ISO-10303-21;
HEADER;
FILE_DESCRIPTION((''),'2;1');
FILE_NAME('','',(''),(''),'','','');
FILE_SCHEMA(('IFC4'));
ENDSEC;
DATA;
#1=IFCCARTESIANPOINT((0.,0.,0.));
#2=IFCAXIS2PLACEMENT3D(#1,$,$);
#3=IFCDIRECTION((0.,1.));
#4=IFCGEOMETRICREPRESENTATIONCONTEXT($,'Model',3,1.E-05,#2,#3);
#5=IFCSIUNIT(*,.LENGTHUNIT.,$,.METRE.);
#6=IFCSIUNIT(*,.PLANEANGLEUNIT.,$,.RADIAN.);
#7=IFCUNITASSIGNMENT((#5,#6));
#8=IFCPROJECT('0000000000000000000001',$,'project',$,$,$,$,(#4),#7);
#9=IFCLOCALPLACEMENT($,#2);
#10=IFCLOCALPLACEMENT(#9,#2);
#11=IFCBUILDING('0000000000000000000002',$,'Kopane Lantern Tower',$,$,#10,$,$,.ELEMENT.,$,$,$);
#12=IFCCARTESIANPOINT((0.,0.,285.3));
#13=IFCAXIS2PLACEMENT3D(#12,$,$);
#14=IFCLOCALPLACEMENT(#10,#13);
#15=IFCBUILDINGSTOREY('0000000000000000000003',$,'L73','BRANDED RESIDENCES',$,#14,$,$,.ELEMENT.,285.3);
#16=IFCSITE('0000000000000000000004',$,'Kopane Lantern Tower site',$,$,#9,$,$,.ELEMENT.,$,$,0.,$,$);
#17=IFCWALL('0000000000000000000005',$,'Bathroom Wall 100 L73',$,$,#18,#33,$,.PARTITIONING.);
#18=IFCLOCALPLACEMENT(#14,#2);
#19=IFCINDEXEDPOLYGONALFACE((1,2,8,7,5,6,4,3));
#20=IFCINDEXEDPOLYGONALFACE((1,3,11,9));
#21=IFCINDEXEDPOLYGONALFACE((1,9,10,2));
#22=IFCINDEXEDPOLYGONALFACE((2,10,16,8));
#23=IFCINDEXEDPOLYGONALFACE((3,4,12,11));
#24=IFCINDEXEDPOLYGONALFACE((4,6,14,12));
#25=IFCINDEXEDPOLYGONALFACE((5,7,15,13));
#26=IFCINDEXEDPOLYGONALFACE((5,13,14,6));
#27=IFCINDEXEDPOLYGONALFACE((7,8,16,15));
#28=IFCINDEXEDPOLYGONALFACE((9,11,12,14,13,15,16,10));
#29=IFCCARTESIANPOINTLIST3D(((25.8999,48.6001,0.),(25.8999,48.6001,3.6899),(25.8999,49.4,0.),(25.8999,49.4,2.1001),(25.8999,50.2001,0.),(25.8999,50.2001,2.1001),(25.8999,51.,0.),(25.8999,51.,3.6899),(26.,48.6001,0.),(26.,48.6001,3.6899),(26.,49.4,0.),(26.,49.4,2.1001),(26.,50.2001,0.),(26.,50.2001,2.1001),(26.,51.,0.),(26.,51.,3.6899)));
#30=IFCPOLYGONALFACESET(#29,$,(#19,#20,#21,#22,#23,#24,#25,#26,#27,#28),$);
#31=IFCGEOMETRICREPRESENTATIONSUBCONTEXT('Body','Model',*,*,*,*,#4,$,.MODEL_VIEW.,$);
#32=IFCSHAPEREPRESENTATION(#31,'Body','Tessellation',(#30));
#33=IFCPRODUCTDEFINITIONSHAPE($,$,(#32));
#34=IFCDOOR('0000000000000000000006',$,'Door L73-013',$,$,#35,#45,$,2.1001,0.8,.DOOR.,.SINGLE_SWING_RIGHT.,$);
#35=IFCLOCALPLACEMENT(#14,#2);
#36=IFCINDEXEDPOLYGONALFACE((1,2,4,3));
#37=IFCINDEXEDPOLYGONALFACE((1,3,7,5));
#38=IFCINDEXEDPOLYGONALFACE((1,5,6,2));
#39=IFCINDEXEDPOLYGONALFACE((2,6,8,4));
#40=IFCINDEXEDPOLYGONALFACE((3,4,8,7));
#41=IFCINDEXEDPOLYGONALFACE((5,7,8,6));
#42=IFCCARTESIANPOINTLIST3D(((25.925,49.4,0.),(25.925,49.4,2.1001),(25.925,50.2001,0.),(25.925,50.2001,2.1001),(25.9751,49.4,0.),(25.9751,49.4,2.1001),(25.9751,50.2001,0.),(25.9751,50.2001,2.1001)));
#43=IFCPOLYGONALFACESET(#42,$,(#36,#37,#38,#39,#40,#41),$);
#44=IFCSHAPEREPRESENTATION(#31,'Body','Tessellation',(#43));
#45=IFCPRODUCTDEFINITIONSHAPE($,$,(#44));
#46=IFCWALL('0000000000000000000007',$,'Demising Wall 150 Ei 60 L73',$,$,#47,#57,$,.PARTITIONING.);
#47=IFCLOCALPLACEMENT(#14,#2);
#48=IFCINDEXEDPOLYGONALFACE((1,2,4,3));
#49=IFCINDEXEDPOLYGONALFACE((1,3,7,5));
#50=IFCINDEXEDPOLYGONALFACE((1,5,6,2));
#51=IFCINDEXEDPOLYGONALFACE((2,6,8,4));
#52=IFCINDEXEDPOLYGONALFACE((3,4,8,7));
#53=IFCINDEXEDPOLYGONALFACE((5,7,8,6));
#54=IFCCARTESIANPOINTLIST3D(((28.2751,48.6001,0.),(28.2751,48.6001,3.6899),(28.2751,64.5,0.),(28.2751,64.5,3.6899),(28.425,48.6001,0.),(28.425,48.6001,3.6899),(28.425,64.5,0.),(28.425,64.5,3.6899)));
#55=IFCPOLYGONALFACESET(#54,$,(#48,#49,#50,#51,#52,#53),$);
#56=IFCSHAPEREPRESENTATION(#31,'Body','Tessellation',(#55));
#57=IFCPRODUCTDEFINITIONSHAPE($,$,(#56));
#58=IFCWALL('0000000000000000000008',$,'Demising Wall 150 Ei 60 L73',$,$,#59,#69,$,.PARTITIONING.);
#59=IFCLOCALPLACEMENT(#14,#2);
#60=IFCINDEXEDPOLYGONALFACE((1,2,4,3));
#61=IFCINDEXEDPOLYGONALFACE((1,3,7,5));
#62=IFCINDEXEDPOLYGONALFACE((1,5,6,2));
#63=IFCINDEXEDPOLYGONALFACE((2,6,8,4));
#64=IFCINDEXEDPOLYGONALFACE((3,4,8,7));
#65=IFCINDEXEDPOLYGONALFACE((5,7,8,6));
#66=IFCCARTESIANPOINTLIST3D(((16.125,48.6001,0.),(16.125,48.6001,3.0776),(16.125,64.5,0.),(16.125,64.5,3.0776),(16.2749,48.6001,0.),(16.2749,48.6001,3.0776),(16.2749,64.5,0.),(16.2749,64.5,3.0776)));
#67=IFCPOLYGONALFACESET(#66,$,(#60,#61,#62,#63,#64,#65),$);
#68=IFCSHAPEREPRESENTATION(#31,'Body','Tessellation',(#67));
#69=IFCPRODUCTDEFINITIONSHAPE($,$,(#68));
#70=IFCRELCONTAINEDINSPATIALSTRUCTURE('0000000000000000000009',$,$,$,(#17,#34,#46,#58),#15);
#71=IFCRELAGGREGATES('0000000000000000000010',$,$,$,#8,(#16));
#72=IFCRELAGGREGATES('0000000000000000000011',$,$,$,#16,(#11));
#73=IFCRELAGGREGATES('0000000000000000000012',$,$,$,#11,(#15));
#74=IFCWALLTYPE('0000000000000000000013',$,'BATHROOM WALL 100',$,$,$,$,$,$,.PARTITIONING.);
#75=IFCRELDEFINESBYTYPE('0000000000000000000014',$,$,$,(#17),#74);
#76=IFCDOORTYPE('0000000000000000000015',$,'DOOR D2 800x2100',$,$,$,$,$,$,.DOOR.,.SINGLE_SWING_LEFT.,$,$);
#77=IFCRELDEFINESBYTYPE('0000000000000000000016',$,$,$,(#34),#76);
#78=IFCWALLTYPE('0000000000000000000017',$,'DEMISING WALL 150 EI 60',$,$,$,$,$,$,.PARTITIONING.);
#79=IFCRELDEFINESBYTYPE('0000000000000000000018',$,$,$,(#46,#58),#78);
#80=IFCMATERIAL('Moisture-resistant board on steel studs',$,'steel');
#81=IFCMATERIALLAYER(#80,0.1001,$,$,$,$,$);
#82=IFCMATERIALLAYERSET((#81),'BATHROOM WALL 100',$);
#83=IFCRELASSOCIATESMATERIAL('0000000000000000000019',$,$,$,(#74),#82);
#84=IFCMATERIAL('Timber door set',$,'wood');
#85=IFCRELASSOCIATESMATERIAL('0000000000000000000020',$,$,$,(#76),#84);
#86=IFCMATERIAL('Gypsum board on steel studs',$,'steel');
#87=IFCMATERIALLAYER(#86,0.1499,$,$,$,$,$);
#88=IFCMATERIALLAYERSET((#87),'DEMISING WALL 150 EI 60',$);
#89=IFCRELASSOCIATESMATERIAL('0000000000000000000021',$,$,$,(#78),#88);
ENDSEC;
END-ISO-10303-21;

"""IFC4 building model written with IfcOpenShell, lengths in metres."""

from ifc_helpers import new_model, si_unit, direction, frame, frame_2d, origin, place, context, subcontext, project, spatial, rectangle, extrude, material, layer, layer_set, type_object, element, fill, save


model = new_model("IFC4")

# Units and contexts
model_context = context("Model", 3, precision=1e-05, world=origin(), true_north=direction((0.0, 1.0)))
body_context = subcontext(model_context, "Body", "Model", "MODEL_VIEW")
ifc_project = project(units=[si_unit("LENGTHUNIT", "METRE"), si_unit("PLANEANGLEUNIT", "RADIAN")], contexts=[model_context])

# Site, building, storey
site_placement = place(None, origin())
site = spatial("IfcSite", under=ifc_project, at=site_placement, Name="Kopane Lantern Tower site", CompositionType="ELEMENT", RefElevation=0.0)
building_placement = place(site_placement, origin())
building = spatial("IfcBuilding", under=site, at=building_placement, Name="Kopane Lantern Tower", CompositionType="ELEMENT")
storey_placement = place(building_placement, frame((0.0, 0.0, 285.3)))
storey = spatial("IfcBuildingStorey", under=building, at=storey_placement, Name="L73", Description="BRANDED RESIDENCES", CompositionType="ELEMENT", Elevation=285.3)

# Wall, opening, door
ifc_material_1 = material(Name="Moisture-resistant board on steel studs", Category="steel")
ifc_layer_1 = layer(ifc_material_1, 0.1001)
ifc_layer_set_1 = layer_set([ifc_layer_1], Name="BATHROOM WALL 100")
wall_type_1 = type_object("IfcWallType", Name="BATHROOM WALL 100", PredefinedType="PARTITIONING", material=ifc_layer_set_1)
wall_1_placement = place(storey_placement, frame((25.95, 48.6001, 0.0), z_axis=(0.0, 0.0, 1.0), x_axis=(0.0, 1.0, 0.0)))
wall_1 = element("IfcWall", 1, at=wall_1_placement, inside=storey, type_object=wall_type_1, Name="Bathroom Wall 100 L73", PredefinedType="PARTITIONING", context=body_context, shape_type="SweptSolid", body=[
    extrude(rectangle(XDim=2.3999, YDim=0.1001, at=frame_2d((1.2, 0.0))), origin(), (0.0, 0.0, 1.0), 3.6899),
])
opening_1_placement = place(wall_1_placement, frame((0.8, 0.0, 0.0)))
opening_1 = element("IfcOpeningElement", 2, at=opening_1_placement, cuts=wall_1, PredefinedType="OPENING", context=body_context, shape_type="SweptSolid", body=[
    extrude(rectangle(XDim=0.8, YDim=2.1001, at=frame_2d((0.3999, 1.05))), frame((0.0, 0.0601, 0.0), z_axis=(0.0, -1.0, 0.0), x_axis=(1.0, 0.0, 0.0)), (0.0, 0.0, 1.0), 0.1201),
])
ifc_material_2 = material(Name="Timber door set", Category="wood")
door_type_1 = type_object("IfcDoorType", Name="DOOR D2 800x2100", OperationType="SINGLE_SWING_LEFT", PredefinedType="DOOR", material=ifc_material_2)
door_1_placement = place(opening_1_placement, origin())
door_1 = element("IfcDoor", 3, at=door_1_placement, inside=storey, type_object=door_type_1, Name="Door L73-013", OperationType="SINGLE_SWING_RIGHT", OverallHeight=2.1001, OverallWidth=0.8, PredefinedType="DOOR", context=body_context, shape_type="SweptSolid", body=[
    extrude(rectangle(XDim=0.8, YDim=2.1001, at=frame_2d((0.3999, 1.05))), frame((0.0, 0.0249, 0.0), z_axis=(0.0, -1.0, 0.0), x_axis=(1.0, 0.0, 0.0)), (0.0, 0.0, 1.0), 0.05),
])
fill(opening_1, door_1)

# Walls
ifc_material_3 = material(Name="Gypsum board on steel studs", Category="steel")
ifc_layer_2 = layer(ifc_material_3, 0.1499)
ifc_layer_set_2 = layer_set([ifc_layer_2], Name="DEMISING WALL 150 EI 60")
wall_type_2 = type_object("IfcWallType", Name="DEMISING WALL 150 EI 60", PredefinedType="PARTITIONING", material=ifc_layer_set_2)
wall_2_placement = place(storey_placement, frame((28.3501, 48.6001, 0.0), z_axis=(0.0, 0.0, 1.0), x_axis=(0.0, 1.0, 0.0)))
element("IfcWall", 4, at=wall_2_placement, inside=storey, type_object=wall_type_2, Name="Demising Wall 150 Ei 60 L73", PredefinedType="PARTITIONING", context=body_context, shape_type="SweptSolid", body=[
    extrude(rectangle(XDim=15.8999, YDim=0.1499, at=frame_2d((7.95, 0.0))), origin(), (0.0, 0.0, 1.0), 3.6899),
])
wall_3_placement = place(storey_placement, frame((16.2, 48.6001, 0.0), z_axis=(0.0, 0.0, 1.0), x_axis=(0.0, 1.0, 0.0)))
element("IfcWall", 5, at=wall_3_placement, inside=storey, type_object=wall_type_2, Name="Demising Wall 150 Ei 60 L73", PredefinedType="PARTITIONING", context=body_context, shape_type="SweptSolid", body=[
    extrude(rectangle(XDim=15.8999, YDim=0.1499, at=frame_2d((7.95, 0.0))), origin(), (0.0, 0.0, 1.0), 3.0776),
])

save(model, "model.ifc")
